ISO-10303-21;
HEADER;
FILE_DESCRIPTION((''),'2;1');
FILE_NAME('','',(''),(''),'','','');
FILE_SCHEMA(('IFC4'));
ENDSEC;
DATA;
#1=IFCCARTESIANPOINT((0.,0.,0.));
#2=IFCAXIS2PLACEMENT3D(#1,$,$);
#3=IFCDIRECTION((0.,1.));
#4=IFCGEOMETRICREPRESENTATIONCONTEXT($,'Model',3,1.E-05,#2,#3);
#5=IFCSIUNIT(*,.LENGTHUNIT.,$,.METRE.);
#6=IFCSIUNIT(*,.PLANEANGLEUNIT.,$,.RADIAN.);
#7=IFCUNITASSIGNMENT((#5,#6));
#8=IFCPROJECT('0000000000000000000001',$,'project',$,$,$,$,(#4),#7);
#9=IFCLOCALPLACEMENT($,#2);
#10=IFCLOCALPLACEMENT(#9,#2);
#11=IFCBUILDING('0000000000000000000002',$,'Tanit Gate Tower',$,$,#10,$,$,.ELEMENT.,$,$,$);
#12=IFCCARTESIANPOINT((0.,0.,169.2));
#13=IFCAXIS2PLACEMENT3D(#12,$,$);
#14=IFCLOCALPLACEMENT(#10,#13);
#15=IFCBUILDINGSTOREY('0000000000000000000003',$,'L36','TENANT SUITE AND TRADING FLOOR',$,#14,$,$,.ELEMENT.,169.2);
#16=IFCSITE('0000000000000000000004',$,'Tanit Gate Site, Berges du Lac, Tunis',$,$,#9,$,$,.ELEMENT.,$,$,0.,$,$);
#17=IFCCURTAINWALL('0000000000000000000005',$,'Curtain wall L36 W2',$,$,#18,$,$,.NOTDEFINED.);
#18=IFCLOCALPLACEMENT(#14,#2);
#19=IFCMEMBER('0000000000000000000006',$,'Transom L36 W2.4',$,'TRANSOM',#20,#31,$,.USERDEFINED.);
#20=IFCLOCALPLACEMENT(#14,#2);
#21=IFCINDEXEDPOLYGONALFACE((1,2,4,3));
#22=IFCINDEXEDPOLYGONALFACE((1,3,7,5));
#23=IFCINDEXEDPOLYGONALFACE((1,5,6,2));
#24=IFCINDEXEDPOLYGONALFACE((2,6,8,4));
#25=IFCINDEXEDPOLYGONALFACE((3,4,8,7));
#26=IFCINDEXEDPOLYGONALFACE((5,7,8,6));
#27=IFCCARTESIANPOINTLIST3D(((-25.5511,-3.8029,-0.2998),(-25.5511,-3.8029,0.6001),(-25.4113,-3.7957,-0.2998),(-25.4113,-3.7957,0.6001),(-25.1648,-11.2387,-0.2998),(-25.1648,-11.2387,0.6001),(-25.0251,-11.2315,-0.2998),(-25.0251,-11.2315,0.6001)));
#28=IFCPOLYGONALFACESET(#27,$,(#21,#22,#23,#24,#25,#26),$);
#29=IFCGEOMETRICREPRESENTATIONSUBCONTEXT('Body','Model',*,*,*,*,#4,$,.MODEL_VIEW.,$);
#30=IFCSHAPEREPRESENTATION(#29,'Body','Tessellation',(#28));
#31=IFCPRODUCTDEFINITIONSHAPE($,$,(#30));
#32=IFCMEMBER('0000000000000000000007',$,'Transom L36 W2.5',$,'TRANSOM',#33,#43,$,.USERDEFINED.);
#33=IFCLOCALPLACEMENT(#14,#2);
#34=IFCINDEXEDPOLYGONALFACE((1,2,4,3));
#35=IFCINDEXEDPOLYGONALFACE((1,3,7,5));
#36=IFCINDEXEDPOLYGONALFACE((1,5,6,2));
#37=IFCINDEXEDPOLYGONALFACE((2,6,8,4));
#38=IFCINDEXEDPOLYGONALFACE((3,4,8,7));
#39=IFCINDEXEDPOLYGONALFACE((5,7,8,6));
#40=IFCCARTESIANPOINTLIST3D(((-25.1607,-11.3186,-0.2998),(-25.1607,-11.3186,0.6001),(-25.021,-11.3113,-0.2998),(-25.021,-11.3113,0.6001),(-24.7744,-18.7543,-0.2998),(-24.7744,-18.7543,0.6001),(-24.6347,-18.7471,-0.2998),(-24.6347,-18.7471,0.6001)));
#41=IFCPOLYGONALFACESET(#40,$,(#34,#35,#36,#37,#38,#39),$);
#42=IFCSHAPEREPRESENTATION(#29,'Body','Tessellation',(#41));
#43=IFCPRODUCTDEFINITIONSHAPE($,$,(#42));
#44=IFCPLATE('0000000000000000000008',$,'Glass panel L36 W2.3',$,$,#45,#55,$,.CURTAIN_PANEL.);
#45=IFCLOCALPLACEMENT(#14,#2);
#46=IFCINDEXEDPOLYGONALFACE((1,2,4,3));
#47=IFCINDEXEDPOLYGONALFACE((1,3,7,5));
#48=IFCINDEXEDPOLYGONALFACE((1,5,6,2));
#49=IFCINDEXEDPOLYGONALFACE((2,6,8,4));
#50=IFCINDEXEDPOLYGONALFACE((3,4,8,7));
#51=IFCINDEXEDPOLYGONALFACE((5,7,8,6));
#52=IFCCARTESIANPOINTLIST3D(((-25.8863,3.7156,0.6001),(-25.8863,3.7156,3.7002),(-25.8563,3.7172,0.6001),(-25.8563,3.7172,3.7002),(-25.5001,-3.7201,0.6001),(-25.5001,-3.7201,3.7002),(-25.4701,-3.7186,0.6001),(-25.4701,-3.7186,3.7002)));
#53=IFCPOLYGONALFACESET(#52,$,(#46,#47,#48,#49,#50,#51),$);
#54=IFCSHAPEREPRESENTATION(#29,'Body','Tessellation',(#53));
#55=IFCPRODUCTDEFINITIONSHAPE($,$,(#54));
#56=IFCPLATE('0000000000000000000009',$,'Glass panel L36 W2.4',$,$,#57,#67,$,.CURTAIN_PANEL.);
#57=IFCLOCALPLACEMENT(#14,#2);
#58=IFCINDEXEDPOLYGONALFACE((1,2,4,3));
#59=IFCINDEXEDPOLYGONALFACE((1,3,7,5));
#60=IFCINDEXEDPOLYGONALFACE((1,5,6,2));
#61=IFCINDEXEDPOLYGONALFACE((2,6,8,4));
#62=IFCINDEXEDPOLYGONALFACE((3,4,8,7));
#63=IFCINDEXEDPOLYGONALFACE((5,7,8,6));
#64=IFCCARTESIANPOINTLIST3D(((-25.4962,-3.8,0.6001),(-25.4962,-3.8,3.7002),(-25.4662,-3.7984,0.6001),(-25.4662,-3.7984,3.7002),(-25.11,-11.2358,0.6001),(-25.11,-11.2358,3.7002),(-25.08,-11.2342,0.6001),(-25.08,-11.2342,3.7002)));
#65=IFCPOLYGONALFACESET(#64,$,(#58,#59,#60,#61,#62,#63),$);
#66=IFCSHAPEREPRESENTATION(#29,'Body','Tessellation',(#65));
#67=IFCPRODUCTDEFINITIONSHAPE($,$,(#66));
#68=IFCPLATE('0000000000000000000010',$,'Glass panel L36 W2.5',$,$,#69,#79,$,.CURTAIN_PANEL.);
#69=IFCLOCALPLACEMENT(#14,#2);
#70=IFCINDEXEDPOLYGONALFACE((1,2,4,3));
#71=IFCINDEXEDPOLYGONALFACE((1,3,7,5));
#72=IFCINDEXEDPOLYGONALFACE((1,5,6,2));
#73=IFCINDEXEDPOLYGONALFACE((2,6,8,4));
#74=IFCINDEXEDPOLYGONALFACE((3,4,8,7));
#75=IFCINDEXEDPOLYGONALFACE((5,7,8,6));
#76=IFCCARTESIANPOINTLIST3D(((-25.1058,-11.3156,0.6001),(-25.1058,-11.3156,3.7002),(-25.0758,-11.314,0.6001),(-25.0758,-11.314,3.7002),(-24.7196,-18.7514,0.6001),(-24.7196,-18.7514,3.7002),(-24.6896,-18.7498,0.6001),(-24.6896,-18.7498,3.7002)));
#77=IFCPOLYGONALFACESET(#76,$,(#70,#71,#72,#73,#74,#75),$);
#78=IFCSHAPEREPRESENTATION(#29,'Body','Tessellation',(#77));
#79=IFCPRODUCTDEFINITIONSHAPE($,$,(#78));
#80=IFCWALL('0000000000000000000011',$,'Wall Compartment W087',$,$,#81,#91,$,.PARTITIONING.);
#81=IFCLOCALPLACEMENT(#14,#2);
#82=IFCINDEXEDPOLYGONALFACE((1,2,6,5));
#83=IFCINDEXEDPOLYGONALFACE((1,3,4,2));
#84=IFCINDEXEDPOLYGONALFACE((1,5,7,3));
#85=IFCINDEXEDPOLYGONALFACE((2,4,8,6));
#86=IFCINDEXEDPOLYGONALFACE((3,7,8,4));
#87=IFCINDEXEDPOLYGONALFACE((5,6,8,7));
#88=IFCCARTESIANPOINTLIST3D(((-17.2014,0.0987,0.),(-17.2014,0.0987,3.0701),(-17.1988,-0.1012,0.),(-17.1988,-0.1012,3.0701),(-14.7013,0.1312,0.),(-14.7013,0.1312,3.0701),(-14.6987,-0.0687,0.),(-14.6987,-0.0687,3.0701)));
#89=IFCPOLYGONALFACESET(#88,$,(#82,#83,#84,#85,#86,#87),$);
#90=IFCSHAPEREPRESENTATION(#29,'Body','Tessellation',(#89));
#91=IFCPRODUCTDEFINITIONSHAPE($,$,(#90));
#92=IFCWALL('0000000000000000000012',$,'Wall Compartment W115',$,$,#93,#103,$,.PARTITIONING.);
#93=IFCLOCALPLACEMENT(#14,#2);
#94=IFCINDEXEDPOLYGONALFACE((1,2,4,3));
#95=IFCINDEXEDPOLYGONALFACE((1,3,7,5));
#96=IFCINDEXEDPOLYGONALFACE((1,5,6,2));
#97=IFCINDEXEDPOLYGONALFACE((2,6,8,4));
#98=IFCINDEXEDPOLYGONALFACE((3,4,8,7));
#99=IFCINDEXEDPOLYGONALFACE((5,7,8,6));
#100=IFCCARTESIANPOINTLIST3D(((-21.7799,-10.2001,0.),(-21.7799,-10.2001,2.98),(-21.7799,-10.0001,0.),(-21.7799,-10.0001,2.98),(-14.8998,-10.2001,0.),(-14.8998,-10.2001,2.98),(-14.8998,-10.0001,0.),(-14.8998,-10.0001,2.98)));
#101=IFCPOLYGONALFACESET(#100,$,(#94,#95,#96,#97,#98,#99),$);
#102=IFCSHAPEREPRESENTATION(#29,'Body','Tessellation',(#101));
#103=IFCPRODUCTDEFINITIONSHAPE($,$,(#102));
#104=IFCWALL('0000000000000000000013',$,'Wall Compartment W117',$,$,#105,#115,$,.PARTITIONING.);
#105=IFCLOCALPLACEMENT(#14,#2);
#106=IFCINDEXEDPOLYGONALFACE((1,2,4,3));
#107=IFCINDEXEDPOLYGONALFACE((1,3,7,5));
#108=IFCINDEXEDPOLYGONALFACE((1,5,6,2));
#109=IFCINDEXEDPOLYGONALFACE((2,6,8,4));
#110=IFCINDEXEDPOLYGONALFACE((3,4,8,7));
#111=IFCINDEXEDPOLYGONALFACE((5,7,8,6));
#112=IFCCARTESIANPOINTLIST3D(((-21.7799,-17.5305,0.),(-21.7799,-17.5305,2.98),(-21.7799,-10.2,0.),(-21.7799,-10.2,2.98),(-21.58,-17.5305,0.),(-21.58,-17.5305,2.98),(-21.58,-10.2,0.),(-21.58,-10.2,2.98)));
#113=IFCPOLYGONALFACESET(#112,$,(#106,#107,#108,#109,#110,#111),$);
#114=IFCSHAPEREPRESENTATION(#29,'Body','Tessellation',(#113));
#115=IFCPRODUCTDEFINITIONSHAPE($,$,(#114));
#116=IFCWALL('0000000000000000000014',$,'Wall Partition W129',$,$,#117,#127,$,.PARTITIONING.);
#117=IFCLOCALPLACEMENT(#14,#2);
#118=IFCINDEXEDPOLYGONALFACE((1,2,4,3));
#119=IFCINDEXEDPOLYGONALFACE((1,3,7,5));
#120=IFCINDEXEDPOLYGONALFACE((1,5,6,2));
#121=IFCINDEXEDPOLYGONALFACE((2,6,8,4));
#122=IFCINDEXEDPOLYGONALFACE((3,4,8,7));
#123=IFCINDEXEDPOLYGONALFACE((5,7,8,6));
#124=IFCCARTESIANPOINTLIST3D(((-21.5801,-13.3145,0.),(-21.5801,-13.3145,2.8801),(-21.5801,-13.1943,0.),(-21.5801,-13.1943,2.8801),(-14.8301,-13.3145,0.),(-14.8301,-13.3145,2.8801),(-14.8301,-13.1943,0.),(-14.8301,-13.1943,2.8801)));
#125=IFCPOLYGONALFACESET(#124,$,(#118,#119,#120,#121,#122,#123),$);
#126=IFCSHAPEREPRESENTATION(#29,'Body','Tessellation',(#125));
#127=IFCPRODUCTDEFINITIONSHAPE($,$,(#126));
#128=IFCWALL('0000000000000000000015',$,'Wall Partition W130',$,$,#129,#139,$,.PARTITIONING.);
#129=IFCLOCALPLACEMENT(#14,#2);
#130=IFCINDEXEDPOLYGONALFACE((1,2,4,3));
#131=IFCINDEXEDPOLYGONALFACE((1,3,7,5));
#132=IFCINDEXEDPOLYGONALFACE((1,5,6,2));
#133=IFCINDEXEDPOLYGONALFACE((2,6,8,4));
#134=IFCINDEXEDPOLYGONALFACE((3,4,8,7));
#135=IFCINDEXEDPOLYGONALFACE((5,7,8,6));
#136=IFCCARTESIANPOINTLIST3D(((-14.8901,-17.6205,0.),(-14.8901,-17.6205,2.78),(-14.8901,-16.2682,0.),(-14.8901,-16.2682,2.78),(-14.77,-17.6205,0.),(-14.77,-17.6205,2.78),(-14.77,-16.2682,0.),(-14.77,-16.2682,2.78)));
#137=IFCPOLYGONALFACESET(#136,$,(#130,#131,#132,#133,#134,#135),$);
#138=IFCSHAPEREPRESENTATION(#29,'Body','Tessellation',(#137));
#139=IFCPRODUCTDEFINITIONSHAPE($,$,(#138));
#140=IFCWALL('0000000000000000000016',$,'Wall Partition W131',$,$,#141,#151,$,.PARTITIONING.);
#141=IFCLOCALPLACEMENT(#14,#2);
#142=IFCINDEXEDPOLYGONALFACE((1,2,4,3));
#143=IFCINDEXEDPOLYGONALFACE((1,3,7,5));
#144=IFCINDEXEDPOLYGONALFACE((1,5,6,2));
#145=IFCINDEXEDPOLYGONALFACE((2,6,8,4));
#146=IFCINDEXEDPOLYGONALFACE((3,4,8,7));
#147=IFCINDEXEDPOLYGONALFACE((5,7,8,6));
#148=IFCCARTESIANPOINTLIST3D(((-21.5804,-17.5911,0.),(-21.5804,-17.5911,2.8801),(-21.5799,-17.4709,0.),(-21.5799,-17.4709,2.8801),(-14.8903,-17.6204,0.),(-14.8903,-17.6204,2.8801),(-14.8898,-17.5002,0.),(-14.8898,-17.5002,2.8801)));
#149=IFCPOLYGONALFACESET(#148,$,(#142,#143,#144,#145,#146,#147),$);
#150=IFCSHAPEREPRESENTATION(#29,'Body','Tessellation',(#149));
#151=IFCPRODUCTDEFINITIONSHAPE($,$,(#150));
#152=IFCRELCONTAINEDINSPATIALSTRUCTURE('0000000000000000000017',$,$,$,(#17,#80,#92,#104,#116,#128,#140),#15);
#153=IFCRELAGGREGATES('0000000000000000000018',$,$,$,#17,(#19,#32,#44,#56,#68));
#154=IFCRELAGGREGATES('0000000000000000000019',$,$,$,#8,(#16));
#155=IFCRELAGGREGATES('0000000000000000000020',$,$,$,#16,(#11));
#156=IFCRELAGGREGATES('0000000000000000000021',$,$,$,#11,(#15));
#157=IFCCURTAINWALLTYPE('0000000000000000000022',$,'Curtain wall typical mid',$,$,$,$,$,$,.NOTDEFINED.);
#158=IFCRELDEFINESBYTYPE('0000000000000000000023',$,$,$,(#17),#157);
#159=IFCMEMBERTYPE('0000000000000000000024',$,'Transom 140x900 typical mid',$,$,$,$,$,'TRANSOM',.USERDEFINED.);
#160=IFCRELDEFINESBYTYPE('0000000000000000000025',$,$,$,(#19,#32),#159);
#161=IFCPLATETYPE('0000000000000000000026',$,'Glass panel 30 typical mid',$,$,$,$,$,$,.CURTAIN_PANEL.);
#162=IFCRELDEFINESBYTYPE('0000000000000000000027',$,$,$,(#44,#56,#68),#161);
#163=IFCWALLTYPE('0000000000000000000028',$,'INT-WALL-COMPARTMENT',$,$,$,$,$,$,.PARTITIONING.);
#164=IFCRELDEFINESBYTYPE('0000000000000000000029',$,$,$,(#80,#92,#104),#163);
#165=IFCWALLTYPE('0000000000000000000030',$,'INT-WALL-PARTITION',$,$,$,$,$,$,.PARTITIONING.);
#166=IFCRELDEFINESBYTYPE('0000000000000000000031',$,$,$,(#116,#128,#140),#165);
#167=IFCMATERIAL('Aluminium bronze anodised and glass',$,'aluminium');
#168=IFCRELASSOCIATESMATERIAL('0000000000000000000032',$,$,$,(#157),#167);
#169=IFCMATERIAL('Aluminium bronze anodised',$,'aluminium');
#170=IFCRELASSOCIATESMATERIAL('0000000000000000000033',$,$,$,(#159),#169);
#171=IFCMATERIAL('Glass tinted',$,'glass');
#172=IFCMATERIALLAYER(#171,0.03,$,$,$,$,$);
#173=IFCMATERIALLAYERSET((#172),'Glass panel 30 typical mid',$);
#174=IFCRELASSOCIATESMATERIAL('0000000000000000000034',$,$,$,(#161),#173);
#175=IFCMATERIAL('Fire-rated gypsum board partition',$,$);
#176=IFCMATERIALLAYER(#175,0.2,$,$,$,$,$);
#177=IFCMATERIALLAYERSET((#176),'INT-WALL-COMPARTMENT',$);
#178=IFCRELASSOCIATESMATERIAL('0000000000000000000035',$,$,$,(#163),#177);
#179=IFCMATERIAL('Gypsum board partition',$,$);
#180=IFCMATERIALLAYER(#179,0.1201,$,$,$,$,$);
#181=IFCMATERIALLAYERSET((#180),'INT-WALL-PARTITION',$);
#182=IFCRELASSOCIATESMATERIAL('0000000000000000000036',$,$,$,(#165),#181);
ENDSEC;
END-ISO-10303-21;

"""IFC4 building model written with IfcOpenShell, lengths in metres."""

from ifc_helpers import new_model, si_unit, direction, frame, frame_2d, origin, origin_2d, place, context, subcontext, project, spatial, rectangle, extrude, material, layer, layer_set, material_profile, profile_set, type_object, element, aggregate, save


model = new_model("IFC4")

# Units and contexts
model_context = context("Model", 3, precision=1e-05, world=origin(), true_north=direction((0.0, 1.0)))
body_context = subcontext(model_context, "Body", "Model", "MODEL_VIEW")
ifc_project = project(units=[si_unit("LENGTHUNIT", "METRE"), si_unit("PLANEANGLEUNIT", "RADIAN")], contexts=[model_context])

# Site, building, storey
site_placement = place(None, origin())
site = spatial("IfcSite", under=ifc_project, at=site_placement, Name="Tanit Gate Site, Berges du Lac, Tunis", CompositionType="ELEMENT", RefElevation=0.0)
building_placement = place(site_placement, origin())
building = spatial("IfcBuilding", under=site, at=building_placement, Name="Tanit Gate Tower", CompositionType="ELEMENT")
storey_placement = place(building_placement, frame((0.0, 0.0, 169.2)))
storey = spatial("IfcBuildingStorey", under=building, at=storey_placement, Name="L36", Description="TENANT SUITE AND TRADING FLOOR", CompositionType="ELEMENT", Elevation=169.2)

# Curtain wall
ifc_material_1 = material(Name="Aluminium bronze anodised and glass", Category="aluminium")
curtain_wall_type = type_object("IfcCurtainWallType", Name="Curtain wall typical mid", PredefinedType="NOTDEFINED", material=ifc_material_1)
curtain_wall_placement = place(storey_placement, origin())
curtain_wall = element("IfcCurtainWall", 1, at=curtain_wall_placement, inside=storey, type_object=curtain_wall_type, Name="Curtain wall L36 W2", PredefinedType="NOTDEFINED")

# Members
ifc_material_2 = material(Name="Aluminium bronze anodised", Category="aluminium")
ifc_material_profile_1 = material_profile(ifc_material_2, rectangle(XDim=0.1399, YDim=0.8999, at=origin_2d()), Name="140x900 bronze transom")
ifc_profile_set_1 = profile_set([ifc_material_profile_1], Name="Aluminium bronze anodised")
member_type_1 = type_object("IfcMemberType", Name="Transom 140x900 typical mid", ElementType="TRANSOM", PredefinedType="USERDEFINED", material=ifc_profile_set_1)
member_1_placement = place(storey_placement, frame((-25.4812, -3.7993, 0.1501), z_axis=(0.051872, -0.998654, 0.0), x_axis=(0.998654, 0.051872, 0.0)))
member_1 = element("IfcMember", 2, at=member_1_placement, type_object=member_type_1, Name="Transom L36 W2.4", ObjectType="TRANSOM", PredefinedType="USERDEFINED", context=body_context, shape_type="SweptSolid", body=[
    extrude(rectangle(XDim=0.1399, YDim=0.8999, at=origin_2d()), origin(), (0.0, 0.0, 1.0), 7.4458),
])
member_2_placement = place(storey_placement, frame((-25.0908, -11.3149, 0.1501), z_axis=(0.051872, -0.998654, 0.0), x_axis=(0.998654, 0.051872, 0.0)))
member_2 = element("IfcMember", 3, at=member_2_placement, type_object=member_type_1, Name="Transom L36 W2.5", ObjectType="TRANSOM", PredefinedType="USERDEFINED", context=body_context, shape_type="SweptSolid", body=[
    extrude(rectangle(XDim=0.1399, YDim=0.8999, at=origin_2d()), origin(), (0.0, 0.0, 1.0), 7.4458),
])

# Plates
ifc_material_3 = material(Name="Glass tinted", Category="glass")
ifc_layer_1 = layer(ifc_material_3, 0.03)
ifc_layer_set_1 = layer_set([ifc_layer_1], Name="Glass panel 30 typical mid")
plate_type = type_object("IfcPlateType", Name="Glass panel 30 typical mid", PredefinedType="CURTAIN_PANEL", material=ifc_layer_set_1)
plate_1_placement = place(storey_placement, frame((-25.6782, -0.0015, 0.6001), z_axis=(0.0, 0.0, 1.0), x_axis=(0.051865, -0.998654, 0.0)))
plate_1 = element("IfcPlate", 4, at=plate_1_placement, type_object=plate_type, Name="Glass panel L36 W2.3", PredefinedType="CURTAIN_PANEL", context=body_context, shape_type="SweptSolid", body=[
    extrude(rectangle(XDim=7.4458, YDim=0.03, at=origin_2d()), origin(), (0.0, 0.0, 1.0), 3.1001),
])
plate_2_placement = place(storey_placement, frame((-25.2881, -7.5171, 0.6001), z_axis=(0.0, 0.0, 1.0), x_axis=(0.051865, -0.998654, 0.0)))
plate_2 = element("IfcPlate", 5, at=plate_2_placement, type_object=plate_type, Name="Glass panel L36 W2.4", PredefinedType="CURTAIN_PANEL", context=body_context, shape_type="SweptSolid", body=[
    extrude(rectangle(XDim=7.4458, YDim=0.03, at=origin_2d()), origin(), (0.0, 0.0, 1.0), 3.1001),
])
plate_3_placement = place(storey_placement, frame((-24.8977, -15.0327, 0.6001), z_axis=(0.0, 0.0, 1.0), x_axis=(0.051865, -0.998654, 0.0)))
plate_3 = element("IfcPlate", 6, at=plate_3_placement, type_object=plate_type, Name="Glass panel L36 W2.5", PredefinedType="CURTAIN_PANEL", context=body_context, shape_type="SweptSolid", body=[
    extrude(rectangle(XDim=7.4458, YDim=0.03, at=origin_2d()), origin(), (0.0, 0.0, 1.0), 3.1001),
])
aggregate(curtain_wall, [member_1, member_2, plate_1, plate_2, plate_3])

# Walls
ifc_material_4 = material(Name="Fire-rated gypsum board partition")
ifc_layer_2 = layer(ifc_material_4, 0.2)
ifc_layer_set_2 = layer_set([ifc_layer_2], Name="INT-WALL-COMPARTMENT")
wall_type_1 = type_object("IfcWallType", Name="INT-WALL-COMPARTMENT", PredefinedType="PARTITIONING", material=ifc_layer_set_2)
wall_1_placement = place(storey_placement, frame((-17.2, -0.0012, 0.0), z_axis=(0.0, 0.0, 1.0), x_axis=(0.999916, 0.012987, 0.0)))
element("IfcWall", 7, at=wall_1_placement, inside=storey, type_object=wall_type_1, Name="Wall Compartment W087", PredefinedType="PARTITIONING", context=body_context, shape_type="SweptSolid", body=[
    extrude(rectangle(XDim=2.5002, YDim=0.2, at=frame_2d((1.25, 0.0))), origin(), (0.0, 0.0, 1.0), 3.0701),
])
wall_2_placement = place(storey_placement, frame((-14.8999, -10.1001, 0.0), z_axis=(0.0, 0.0, 1.0), x_axis=(-1.0, 0.0, 0.0)))
element("IfcWall", 8, at=wall_2_placement, inside=storey, type_object=wall_type_1, Name="Wall Compartment W115", PredefinedType="PARTITIONING", context=body_context, shape_type="SweptSolid", body=[
    extrude(rectangle(XDim=6.8801, YDim=0.2, at=frame_2d((3.4399, 0.0))), origin(), (0.0, 0.0, 1.0), 2.98),
])
wall_3_placement = place(storey_placement, frame((-21.6799, -17.5305, 0.0), z_axis=(0.0, 0.0, 1.0), x_axis=(0.0, 1.0, 0.0)))
element("IfcWall", 9, at=wall_3_placement, inside=storey, type_object=wall_type_1, Name="Wall Compartment W117", PredefinedType="PARTITIONING", context=body_context, shape_type="SweptSolid", body=[
    extrude(rectangle(XDim=7.3306, YDim=0.2, at=frame_2d((3.6653, 0.0))), origin(), (0.0, 0.0, 1.0), 2.98),
])
ifc_material_5 = material(Name="Gypsum board partition")
ifc_layer_3 = layer(ifc_material_5, 0.1201)
ifc_layer_set_3 = layer_set([ifc_layer_3], Name="INT-WALL-PARTITION")
wall_type_2 = type_object("IfcWallType", Name="INT-WALL-PARTITION", PredefinedType="PARTITIONING", material=ifc_layer_set_3)
wall_4_placement = place(storey_placement, frame((-14.8301, -13.2544, 0.0), z_axis=(0.0, 0.0, 1.0), x_axis=(-1.0, 0.0, 0.0)))
element("IfcWall", 10, at=wall_4_placement, inside=storey, type_object=wall_type_2, Name="Wall Partition W129", PredefinedType="PARTITIONING", context=body_context, shape_type="SweptSolid", body=[
    extrude(rectangle(XDim=6.75, YDim=0.1201, at=frame_2d((3.375, 0.0))), origin(), (0.0, 0.0, 1.0), 2.8801),
])
wall_5_placement = place(storey_placement, frame((-14.8301, -17.6206, 0.0), z_axis=(0.0, 0.0, 1.0), x_axis=(0.0, 1.0, 0.0)))
element("IfcWall", 11, at=wall_5_placement, inside=storey, type_object=wall_type_2, Name="Wall Partition W130", PredefinedType="PARTITIONING", context=body_context, shape_type="SweptSolid", body=[
    extrude(rectangle(XDim=1.3523, YDim=0.1201, at=frame_2d((0.6763, 0.0))), origin(), (0.0, 0.0, 1.0), 2.78),
])
wall_6_placement = place(storey_placement, frame((-14.8899, -17.5603, 0.0), z_axis=(0.0, 0.0, 1.0), x_axis=(-0.99999, 0.004379, 0.0)))
element("IfcWall", 12, at=wall_6_placement, inside=storey, type_object=wall_type_2, Name="Wall Partition W131", PredefinedType="PARTITIONING", context=body_context, shape_type="SweptSolid", body=[
    extrude(rectangle(XDim=6.6902, YDim=0.1201, at=frame_2d((3.3452, 0.0))), origin(), (0.0, 0.0, 1.0), 2.8801),
])

save(model, "model.ifc")
